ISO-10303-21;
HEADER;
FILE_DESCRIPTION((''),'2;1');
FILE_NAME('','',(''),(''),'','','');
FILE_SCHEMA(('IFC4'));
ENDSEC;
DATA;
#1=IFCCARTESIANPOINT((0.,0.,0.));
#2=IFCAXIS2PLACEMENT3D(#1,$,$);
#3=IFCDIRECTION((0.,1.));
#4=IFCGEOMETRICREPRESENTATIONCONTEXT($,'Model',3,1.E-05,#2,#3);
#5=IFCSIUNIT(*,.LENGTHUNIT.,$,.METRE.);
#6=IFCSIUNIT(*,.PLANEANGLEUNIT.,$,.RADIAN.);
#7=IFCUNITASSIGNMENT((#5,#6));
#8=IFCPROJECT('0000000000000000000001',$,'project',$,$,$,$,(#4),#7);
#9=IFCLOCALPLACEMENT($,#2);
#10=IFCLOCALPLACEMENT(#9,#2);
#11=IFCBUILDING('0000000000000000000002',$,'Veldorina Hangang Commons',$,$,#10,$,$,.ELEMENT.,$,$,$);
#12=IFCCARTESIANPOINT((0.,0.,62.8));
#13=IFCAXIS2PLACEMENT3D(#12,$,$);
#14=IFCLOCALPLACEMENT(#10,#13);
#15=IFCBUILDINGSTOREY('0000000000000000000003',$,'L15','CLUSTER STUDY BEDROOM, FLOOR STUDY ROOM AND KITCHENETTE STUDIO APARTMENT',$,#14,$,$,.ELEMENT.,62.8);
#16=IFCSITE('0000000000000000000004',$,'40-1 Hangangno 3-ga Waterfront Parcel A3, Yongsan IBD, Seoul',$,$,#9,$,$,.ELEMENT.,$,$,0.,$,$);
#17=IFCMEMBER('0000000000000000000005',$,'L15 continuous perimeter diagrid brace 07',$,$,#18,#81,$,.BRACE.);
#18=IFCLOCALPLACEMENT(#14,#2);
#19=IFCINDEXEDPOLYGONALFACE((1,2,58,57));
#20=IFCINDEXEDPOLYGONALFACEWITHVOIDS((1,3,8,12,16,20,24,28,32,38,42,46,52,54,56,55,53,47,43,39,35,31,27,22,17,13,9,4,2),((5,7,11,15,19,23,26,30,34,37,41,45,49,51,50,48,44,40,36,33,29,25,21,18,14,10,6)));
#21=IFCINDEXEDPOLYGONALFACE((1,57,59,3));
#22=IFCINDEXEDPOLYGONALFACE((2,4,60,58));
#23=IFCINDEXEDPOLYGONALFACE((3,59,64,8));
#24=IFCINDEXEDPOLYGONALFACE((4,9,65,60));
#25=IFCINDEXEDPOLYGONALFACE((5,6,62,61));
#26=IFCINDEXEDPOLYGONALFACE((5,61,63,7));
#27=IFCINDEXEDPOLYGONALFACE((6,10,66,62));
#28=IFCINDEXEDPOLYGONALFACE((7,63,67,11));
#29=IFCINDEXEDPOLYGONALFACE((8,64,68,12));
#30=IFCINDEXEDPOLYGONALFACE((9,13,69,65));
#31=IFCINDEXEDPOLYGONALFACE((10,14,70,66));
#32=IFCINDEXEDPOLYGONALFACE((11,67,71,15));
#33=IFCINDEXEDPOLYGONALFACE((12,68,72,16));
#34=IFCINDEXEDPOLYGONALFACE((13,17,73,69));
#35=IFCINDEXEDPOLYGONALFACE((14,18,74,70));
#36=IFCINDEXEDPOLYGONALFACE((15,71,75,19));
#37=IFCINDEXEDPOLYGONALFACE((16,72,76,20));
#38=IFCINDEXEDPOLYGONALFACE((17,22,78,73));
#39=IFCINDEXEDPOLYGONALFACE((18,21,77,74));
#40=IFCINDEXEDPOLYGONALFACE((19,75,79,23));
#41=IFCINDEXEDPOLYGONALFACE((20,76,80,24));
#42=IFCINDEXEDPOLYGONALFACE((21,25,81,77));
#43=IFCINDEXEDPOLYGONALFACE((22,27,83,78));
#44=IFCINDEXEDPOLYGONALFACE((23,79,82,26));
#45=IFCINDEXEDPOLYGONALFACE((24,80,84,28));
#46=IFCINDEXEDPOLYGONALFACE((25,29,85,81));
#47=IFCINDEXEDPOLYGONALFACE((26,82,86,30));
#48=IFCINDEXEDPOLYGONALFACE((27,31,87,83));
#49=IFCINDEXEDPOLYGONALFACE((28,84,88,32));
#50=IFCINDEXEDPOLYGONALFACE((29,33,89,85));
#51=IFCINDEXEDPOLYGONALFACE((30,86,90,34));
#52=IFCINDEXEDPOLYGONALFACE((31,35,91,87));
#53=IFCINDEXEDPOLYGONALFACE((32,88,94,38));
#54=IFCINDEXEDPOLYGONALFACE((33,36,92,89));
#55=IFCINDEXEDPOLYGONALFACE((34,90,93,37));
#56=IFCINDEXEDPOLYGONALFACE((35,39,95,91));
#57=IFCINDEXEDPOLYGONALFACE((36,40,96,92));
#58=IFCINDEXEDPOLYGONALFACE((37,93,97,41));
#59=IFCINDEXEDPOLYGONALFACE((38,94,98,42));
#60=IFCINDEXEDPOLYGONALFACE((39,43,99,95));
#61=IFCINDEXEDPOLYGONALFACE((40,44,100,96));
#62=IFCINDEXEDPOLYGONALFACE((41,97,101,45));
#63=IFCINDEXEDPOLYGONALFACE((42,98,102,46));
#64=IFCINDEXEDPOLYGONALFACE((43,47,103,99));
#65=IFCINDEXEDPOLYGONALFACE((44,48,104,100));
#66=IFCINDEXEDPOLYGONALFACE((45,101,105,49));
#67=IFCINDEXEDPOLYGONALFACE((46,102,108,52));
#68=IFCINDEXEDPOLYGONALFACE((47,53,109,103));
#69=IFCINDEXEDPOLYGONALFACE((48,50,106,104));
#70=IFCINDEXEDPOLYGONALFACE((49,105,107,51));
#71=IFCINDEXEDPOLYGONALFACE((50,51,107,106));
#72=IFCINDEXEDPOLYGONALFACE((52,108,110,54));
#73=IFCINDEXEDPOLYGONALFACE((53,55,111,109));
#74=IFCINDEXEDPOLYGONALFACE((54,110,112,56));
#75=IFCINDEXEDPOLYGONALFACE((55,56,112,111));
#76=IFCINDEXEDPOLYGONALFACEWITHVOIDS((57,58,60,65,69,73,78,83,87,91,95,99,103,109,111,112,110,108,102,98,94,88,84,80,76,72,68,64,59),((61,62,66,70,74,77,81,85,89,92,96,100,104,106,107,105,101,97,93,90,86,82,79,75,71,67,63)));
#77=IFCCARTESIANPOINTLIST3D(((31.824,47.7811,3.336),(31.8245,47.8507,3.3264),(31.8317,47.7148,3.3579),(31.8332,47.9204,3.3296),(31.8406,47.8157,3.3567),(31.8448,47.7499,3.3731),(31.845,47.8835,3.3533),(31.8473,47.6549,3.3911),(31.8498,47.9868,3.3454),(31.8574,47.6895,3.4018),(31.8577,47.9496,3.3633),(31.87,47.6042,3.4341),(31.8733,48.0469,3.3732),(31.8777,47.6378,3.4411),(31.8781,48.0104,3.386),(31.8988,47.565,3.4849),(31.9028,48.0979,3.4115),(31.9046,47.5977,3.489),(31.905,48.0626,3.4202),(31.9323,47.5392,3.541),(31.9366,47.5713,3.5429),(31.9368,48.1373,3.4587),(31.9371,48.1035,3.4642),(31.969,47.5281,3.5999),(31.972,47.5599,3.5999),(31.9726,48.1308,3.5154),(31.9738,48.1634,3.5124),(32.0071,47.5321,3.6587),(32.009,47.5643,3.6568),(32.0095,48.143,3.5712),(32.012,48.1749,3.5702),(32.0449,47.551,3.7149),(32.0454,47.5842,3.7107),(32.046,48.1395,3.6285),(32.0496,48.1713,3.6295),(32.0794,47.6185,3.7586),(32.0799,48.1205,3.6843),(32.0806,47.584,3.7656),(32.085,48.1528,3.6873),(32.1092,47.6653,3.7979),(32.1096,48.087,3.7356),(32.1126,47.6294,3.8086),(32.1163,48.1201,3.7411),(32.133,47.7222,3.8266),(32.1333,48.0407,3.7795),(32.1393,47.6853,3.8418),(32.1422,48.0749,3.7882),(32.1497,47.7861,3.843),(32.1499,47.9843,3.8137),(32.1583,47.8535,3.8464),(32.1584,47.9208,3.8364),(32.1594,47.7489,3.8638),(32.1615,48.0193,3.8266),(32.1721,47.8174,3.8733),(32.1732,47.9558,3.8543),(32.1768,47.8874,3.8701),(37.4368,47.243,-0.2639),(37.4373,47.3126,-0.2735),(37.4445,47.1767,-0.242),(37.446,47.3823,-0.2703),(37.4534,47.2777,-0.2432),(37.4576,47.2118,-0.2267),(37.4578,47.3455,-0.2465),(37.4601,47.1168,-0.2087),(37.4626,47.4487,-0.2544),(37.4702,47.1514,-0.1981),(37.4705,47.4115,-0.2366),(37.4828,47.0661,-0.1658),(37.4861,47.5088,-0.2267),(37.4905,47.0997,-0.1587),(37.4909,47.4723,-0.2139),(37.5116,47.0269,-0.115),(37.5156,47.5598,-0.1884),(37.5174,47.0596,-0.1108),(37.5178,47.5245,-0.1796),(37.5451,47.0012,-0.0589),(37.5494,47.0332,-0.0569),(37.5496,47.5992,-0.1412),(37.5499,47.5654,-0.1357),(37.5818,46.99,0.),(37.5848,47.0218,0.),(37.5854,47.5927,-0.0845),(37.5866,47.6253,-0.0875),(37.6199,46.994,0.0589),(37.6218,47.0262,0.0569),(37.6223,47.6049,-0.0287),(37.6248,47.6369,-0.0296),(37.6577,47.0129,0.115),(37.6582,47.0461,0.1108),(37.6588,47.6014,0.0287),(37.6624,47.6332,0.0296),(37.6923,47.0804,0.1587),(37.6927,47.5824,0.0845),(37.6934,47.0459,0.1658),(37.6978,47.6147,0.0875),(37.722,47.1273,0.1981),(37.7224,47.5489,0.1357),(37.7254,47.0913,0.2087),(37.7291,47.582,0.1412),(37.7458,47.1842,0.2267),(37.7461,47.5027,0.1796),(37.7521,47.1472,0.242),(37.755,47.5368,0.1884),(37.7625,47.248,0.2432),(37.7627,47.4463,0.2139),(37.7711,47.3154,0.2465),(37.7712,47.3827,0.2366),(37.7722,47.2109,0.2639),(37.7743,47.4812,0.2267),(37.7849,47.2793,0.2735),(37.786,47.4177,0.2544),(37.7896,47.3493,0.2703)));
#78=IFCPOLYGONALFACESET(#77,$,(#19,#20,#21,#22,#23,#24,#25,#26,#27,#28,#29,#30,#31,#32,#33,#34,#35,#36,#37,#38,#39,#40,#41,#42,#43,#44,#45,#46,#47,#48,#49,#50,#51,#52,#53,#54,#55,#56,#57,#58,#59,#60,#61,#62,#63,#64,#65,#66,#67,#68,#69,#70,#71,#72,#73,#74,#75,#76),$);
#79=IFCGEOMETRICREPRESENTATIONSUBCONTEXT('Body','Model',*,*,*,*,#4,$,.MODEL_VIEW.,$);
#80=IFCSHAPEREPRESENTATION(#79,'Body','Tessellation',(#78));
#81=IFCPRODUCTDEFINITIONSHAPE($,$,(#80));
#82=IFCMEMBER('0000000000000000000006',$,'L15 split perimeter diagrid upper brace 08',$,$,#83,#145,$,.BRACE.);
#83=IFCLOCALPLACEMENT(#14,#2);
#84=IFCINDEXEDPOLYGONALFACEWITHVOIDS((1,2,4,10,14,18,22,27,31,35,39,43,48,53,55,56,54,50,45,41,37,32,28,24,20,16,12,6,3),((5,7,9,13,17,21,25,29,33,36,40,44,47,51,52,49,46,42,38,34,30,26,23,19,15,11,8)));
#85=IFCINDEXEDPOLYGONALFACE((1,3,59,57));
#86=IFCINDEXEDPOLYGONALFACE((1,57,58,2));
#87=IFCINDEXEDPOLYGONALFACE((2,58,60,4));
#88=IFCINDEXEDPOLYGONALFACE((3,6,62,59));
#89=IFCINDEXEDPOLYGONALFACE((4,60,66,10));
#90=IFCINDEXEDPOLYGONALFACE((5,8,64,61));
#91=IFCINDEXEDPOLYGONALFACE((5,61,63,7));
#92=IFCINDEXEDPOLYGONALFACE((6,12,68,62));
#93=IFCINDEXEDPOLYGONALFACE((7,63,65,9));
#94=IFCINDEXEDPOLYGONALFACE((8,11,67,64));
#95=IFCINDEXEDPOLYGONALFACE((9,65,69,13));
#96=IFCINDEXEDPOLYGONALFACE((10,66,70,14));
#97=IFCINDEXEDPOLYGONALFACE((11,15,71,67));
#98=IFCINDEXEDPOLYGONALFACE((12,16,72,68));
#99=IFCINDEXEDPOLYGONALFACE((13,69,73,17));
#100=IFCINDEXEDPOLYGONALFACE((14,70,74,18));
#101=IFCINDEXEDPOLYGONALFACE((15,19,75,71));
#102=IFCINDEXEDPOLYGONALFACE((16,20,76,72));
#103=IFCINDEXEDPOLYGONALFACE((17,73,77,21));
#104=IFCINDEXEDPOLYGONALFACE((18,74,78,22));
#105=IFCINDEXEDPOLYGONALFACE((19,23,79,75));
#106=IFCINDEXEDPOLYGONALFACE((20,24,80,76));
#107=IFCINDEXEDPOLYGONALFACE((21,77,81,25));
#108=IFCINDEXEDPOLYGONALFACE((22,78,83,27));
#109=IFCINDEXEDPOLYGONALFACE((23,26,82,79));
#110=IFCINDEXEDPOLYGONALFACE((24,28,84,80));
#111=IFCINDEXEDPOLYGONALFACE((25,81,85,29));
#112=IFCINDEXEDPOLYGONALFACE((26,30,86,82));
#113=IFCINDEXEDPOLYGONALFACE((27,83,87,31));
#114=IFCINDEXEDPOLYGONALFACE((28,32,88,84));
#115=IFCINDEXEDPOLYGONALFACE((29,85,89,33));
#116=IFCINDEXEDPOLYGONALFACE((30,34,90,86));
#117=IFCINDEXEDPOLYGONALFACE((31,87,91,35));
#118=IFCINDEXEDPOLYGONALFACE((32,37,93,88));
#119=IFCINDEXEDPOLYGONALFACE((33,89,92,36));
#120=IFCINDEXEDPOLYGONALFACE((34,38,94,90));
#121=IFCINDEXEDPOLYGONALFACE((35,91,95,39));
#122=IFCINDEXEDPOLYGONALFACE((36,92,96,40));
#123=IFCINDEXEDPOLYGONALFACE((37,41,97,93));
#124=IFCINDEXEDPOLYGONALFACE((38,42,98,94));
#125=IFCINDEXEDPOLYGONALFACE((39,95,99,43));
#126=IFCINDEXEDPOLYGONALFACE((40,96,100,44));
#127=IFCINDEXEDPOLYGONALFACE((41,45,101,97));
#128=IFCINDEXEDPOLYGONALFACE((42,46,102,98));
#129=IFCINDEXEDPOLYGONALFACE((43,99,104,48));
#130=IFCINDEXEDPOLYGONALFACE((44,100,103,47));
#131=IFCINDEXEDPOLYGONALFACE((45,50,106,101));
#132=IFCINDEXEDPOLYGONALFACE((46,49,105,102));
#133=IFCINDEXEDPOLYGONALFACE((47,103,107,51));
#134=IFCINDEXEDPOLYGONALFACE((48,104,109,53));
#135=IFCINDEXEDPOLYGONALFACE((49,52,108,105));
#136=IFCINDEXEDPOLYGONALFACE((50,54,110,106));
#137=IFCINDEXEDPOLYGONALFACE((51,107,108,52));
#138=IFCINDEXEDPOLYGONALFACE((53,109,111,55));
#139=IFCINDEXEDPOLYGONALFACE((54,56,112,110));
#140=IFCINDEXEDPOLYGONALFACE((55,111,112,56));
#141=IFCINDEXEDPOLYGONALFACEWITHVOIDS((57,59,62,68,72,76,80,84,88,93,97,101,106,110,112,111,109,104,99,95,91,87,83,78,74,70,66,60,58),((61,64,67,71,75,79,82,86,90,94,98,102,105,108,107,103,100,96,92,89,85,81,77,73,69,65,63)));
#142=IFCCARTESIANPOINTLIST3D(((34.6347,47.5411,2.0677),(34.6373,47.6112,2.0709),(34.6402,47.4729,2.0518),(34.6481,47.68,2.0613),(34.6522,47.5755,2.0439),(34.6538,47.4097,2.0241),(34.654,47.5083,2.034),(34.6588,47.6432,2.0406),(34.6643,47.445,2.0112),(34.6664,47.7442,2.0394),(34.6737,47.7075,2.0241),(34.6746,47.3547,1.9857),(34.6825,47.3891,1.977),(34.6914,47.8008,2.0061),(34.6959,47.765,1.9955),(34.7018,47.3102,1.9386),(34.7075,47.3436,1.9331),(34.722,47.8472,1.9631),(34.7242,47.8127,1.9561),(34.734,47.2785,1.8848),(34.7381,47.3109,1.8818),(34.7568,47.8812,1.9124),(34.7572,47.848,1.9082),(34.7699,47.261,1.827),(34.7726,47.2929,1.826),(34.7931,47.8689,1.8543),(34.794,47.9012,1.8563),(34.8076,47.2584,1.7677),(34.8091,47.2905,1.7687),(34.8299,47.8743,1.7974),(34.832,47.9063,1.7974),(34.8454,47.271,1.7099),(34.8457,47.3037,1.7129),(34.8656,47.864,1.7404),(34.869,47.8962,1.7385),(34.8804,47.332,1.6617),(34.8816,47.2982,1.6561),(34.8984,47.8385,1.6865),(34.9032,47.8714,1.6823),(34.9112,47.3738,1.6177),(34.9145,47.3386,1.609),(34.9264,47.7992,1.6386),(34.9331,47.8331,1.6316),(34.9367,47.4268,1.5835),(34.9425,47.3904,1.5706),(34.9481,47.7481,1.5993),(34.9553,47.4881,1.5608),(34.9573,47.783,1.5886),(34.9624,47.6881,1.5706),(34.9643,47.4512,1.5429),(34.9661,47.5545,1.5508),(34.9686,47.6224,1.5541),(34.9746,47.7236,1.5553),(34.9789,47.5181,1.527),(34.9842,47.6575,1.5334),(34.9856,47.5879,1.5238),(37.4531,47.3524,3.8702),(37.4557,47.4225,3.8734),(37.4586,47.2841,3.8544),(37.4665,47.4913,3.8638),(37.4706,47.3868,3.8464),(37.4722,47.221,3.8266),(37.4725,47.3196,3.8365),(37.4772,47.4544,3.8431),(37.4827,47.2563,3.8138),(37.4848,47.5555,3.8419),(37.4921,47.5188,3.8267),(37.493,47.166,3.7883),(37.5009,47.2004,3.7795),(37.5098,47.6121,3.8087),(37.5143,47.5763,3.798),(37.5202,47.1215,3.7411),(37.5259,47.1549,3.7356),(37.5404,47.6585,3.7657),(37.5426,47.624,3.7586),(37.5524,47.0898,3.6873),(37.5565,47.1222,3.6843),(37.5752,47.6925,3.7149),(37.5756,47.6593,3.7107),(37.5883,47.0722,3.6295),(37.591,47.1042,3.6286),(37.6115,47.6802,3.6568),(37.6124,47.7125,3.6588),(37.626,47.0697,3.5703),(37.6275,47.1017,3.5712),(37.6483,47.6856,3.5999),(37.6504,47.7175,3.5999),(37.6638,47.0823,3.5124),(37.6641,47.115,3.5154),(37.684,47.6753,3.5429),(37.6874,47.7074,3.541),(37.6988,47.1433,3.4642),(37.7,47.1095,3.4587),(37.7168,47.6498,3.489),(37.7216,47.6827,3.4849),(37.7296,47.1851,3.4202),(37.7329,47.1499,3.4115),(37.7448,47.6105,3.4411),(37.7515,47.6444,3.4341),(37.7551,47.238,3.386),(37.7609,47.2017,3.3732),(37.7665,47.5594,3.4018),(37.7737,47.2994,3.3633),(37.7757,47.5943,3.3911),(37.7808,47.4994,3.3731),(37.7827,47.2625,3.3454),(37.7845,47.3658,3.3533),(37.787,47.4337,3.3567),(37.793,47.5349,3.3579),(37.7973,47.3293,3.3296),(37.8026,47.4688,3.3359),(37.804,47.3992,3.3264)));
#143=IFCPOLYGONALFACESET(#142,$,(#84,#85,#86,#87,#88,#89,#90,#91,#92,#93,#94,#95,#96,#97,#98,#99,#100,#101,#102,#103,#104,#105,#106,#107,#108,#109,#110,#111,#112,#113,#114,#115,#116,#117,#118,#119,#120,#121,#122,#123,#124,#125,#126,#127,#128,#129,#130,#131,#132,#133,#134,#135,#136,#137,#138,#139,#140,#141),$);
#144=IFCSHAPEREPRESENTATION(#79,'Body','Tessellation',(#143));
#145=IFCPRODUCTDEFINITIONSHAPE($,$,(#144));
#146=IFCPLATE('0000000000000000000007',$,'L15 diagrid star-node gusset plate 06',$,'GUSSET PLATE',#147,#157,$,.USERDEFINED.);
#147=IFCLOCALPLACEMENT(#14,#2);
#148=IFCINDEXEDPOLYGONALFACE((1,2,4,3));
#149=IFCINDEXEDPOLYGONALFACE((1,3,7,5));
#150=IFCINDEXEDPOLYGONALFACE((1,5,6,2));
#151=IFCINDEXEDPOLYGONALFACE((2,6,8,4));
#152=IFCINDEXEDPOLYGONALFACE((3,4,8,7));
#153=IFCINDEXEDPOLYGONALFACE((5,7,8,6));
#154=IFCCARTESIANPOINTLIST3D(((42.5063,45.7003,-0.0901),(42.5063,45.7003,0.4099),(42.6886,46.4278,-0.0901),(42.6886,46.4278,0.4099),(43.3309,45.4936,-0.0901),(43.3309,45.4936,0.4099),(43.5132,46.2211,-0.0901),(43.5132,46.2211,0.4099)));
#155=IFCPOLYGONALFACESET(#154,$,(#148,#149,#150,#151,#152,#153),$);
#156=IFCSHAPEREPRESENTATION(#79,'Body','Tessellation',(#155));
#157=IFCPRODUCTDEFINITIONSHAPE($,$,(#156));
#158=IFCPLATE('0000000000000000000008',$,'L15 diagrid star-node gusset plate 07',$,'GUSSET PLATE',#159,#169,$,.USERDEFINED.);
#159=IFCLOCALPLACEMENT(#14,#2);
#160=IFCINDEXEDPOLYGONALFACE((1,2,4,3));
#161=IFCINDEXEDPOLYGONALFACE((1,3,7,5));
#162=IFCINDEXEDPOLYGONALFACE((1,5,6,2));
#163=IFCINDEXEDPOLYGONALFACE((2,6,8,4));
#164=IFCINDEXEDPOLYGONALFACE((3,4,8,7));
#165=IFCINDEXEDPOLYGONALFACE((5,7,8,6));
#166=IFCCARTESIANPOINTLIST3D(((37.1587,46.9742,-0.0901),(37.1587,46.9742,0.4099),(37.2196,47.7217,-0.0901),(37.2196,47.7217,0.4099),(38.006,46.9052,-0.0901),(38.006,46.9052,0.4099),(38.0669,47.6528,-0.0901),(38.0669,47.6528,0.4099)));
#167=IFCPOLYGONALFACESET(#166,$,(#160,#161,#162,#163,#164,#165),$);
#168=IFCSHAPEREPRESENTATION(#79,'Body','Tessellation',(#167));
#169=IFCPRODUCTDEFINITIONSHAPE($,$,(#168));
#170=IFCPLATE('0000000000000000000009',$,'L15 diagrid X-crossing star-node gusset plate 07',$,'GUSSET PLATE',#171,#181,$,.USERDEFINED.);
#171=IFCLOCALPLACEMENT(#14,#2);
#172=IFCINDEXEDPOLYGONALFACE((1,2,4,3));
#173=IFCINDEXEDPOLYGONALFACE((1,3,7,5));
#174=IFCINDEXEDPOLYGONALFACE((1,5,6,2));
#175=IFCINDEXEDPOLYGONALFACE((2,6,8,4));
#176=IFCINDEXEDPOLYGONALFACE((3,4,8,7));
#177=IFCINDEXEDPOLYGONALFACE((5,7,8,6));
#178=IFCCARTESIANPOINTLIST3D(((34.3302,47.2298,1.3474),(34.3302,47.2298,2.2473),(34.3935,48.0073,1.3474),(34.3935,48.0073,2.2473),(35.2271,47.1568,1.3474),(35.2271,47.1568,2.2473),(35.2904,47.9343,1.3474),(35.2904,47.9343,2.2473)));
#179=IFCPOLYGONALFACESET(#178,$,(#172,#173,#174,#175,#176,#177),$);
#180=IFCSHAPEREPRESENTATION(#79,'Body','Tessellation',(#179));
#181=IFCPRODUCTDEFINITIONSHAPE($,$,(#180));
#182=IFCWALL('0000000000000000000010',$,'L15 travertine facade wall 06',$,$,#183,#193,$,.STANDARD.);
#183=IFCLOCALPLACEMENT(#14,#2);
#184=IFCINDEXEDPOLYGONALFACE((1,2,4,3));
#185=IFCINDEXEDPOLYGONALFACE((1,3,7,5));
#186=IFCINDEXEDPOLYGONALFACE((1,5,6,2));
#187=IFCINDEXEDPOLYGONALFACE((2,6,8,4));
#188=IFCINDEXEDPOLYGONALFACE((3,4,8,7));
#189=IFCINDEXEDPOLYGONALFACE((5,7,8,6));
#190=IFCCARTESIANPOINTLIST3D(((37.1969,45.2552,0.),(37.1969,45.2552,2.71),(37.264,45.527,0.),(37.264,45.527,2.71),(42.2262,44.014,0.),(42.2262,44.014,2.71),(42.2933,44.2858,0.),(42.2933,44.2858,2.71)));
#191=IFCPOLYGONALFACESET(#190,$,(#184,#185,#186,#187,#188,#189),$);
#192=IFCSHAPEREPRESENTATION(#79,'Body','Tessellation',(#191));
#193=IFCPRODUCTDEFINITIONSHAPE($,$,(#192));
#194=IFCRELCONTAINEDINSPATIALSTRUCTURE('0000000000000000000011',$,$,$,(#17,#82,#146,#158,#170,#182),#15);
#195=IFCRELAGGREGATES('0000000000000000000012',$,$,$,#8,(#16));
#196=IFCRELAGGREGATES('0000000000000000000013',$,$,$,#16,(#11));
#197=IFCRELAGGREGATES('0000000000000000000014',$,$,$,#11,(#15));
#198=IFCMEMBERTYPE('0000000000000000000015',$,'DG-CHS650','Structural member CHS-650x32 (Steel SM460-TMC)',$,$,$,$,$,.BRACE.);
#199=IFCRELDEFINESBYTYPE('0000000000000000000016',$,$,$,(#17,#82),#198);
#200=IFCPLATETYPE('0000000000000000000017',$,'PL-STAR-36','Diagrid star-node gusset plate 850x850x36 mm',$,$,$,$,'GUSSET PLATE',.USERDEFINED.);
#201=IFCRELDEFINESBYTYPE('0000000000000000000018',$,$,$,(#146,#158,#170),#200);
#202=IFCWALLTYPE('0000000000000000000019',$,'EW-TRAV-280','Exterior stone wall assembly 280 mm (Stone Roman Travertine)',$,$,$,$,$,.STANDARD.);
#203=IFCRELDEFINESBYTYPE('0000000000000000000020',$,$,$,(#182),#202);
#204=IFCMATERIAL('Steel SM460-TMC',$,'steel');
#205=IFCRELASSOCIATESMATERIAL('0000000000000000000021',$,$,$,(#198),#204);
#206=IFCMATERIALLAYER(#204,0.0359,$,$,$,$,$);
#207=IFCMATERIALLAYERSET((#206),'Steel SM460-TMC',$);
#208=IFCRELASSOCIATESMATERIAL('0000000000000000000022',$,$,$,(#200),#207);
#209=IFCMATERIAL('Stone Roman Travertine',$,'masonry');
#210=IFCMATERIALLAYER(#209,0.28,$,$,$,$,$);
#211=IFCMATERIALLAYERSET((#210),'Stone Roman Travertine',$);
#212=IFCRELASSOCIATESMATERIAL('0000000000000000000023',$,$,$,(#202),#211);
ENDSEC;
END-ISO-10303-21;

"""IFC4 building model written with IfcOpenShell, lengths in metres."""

from ifc_helpers import new_model, si_unit, direction, frame, frame_2d, origin, origin_2d, place, context, subcontext, project, spatial, rectangle, hollow_circle, extrude, material, layer, layer_set, material_profile, profile_set, type_object, element, save


model = new_model("IFC4")

# Units and contexts
model_context = context("Model", 3, precision=1e-05, world=origin(), true_north=direction((0.0, 1.0)))
body_context = subcontext(model_context, "Body", "Model", "MODEL_VIEW")
ifc_project = project(units=[si_unit("LENGTHUNIT", "METRE"), si_unit("PLANEANGLEUNIT", "RADIAN")], contexts=[model_context])

# Site, building, storey
site_placement = place(None, origin())
site = spatial("IfcSite", under=ifc_project, at=site_placement, Name="40-1 Hangangno 3-ga Waterfront Parcel A3, Yongsan IBD, Seoul", CompositionType="ELEMENT", RefElevation=0.0)
building_placement = place(site_placement, origin())
building = spatial("IfcBuilding", under=site, at=building_placement, Name="Veldorina Hangang Commons", CompositionType="ELEMENT")
storey_placement = place(building_placement, frame((0.0, 0.0, 62.8)))
storey = spatial("IfcBuildingStorey", under=building, at=storey_placement, Name="L15", Description="CLUSTER STUDY BEDROOM, FLOOR STUDY ROOM AND KITCHENETTE STUDIO APARTMENT", CompositionType="ELEMENT", Elevation=62.8)

# Members
ifc_material_1 = material(Name="Steel SM460-TMC", Category="steel")
ifc_material_profile_1 = material_profile(ifc_material_1, hollow_circle(Radius=0.325, WallThickness=0.032, at=origin_2d()), Name="CHS-650x32")
ifc_profile_set_1 = profile_set([ifc_material_profile_1], Name="Steel SM460-TMC")
member_type = type_object("IfcMemberType", Name="DG-CHS650", Description="Structural member CHS-650x32 (Steel SM460-TMC)", PredefinedType="BRACE", material=ifc_profile_set_1)
member_1_placement = place(storey_placement, frame((37.6128, 47.3135, 0.0), z_axis=(-0.839022, 0.080435, 0.53812), x_axis=(-0.09543, -0.995436, 0.0)))
element("IfcMember", 1, at=member_1_placement, inside=storey, type_object=member_type, Name="L15 continuous perimeter diagrid brace 07", PredefinedType="BRACE", context=body_context, shape_type="SweptSolid", body=[
    extrude(hollow_circle(Radius=0.325, WallThickness=0.032, at=origin_2d()), origin(), (0.0, 0.0, 1.0), 6.6897),
])
member_2_placement = place(storey_placement, frame((34.8103, 47.582, 1.7974), z_axis=(0.841105, -0.056321, 0.537931), x_axis=(0.066812, 0.997766, 0.0)))
element("IfcMember", 2, at=member_2_placement, inside=storey, type_object=member_type, Name="L15 split perimeter diagrid upper brace 08", PredefinedType="BRACE", context=body_context, shape_type="SweptSolid", body=[
    extrude(hollow_circle(Radius=0.325, WallThickness=0.032, at=origin_2d()), origin(), (0.0, 0.0, 1.0), 3.3508),
])

# Plates
ifc_layer_1 = layer(ifc_material_1, 0.0359)
ifc_layer_set_1 = layer_set([ifc_layer_1], Name="Steel SM460-TMC")
plate_type = type_object("IfcPlateType", Name="PL-STAR-36", Description="Diagrid star-node gusset plate 850x850x36 mm", ElementType="GUSSET PLATE", PredefinedType="USERDEFINED", material=ifc_layer_set_1)
for number, where, z_axis, x_axis, name in (
    (3, (43.0098, 45.9607, -0.0901), (0.0, 0.0, 1.0), (-0.969995, 0.243124, 0.0), "L15 diagrid star-node gusset plate 06"),
    (4, (37.6128, 47.3135, -0.0901), (0.0, 0.0, 1.0), (-0.996706, 0.081104, 0.0), "L15 diagrid star-node gusset plate 07"),
):
    element("IfcPlate", number, at=place(storey_placement, frame(where, z_axis=z_axis, x_axis=x_axis)), inside=storey, type_object=plate_type, Name=name, ObjectType="GUSSET PLATE", PredefinedType="USERDEFINED", context=body_context, shape_type="SweptSolid", body=[
        extrude(rectangle(XDim=0.8501, YDim=0.75, at=origin_2d()), origin(), (0.0, 0.0, 1.0), 0.5),
    ])
plate_placement = place(storey_placement, frame((34.8103, 47.582, 1.3474), z_axis=(0.0, 0.0, 1.0), x_axis=(-0.996706, 0.081104, 0.0)))
element("IfcPlate", 5, at=plate_placement, inside=storey, type_object=plate_type, Name="L15 diagrid X-crossing star-node gusset plate 07", ObjectType="GUSSET PLATE", PredefinedType="USERDEFINED", context=body_context, shape_type="SweptSolid", body=[
    extrude(rectangle(XDim=0.8999, YDim=0.78, at=origin_2d()), origin(), (0.0, 0.0, 1.0), 0.8999),
])

# Wall
ifc_material_2 = material(Name="Stone Roman Travertine", Category="masonry")
ifc_layer_2 = layer(ifc_material_2, 0.28)
ifc_layer_set_2 = layer_set([ifc_layer_2], Name="Stone Roman Travertine")
wall_type_1 = type_object("IfcWallType", Name="EW-TRAV-280", Description="Exterior stone wall assembly 280 mm (Stone Roman Travertine)", PredefinedType="STANDARD", material=ifc_layer_set_2)
wall_1_placement = place(storey_placement, frame((42.2598, 44.1499, 0.0), z_axis=(0.0, 0.0, 1.0), x_axis=(-0.97087, 0.239607, 0.0)))
element("IfcWall", 6, at=wall_1_placement, inside=storey, type_object=wall_type_1, Name="L15 travertine facade wall 06", PredefinedType="STANDARD", context=body_context, shape_type="SweptSolid", body=[
    extrude(rectangle(XDim=5.1802, YDim=0.28, at=frame_2d((2.5901, 0.0))), origin(), (0.0, 0.0, 1.0), 2.71),
])

save(model, "model.ifc")
